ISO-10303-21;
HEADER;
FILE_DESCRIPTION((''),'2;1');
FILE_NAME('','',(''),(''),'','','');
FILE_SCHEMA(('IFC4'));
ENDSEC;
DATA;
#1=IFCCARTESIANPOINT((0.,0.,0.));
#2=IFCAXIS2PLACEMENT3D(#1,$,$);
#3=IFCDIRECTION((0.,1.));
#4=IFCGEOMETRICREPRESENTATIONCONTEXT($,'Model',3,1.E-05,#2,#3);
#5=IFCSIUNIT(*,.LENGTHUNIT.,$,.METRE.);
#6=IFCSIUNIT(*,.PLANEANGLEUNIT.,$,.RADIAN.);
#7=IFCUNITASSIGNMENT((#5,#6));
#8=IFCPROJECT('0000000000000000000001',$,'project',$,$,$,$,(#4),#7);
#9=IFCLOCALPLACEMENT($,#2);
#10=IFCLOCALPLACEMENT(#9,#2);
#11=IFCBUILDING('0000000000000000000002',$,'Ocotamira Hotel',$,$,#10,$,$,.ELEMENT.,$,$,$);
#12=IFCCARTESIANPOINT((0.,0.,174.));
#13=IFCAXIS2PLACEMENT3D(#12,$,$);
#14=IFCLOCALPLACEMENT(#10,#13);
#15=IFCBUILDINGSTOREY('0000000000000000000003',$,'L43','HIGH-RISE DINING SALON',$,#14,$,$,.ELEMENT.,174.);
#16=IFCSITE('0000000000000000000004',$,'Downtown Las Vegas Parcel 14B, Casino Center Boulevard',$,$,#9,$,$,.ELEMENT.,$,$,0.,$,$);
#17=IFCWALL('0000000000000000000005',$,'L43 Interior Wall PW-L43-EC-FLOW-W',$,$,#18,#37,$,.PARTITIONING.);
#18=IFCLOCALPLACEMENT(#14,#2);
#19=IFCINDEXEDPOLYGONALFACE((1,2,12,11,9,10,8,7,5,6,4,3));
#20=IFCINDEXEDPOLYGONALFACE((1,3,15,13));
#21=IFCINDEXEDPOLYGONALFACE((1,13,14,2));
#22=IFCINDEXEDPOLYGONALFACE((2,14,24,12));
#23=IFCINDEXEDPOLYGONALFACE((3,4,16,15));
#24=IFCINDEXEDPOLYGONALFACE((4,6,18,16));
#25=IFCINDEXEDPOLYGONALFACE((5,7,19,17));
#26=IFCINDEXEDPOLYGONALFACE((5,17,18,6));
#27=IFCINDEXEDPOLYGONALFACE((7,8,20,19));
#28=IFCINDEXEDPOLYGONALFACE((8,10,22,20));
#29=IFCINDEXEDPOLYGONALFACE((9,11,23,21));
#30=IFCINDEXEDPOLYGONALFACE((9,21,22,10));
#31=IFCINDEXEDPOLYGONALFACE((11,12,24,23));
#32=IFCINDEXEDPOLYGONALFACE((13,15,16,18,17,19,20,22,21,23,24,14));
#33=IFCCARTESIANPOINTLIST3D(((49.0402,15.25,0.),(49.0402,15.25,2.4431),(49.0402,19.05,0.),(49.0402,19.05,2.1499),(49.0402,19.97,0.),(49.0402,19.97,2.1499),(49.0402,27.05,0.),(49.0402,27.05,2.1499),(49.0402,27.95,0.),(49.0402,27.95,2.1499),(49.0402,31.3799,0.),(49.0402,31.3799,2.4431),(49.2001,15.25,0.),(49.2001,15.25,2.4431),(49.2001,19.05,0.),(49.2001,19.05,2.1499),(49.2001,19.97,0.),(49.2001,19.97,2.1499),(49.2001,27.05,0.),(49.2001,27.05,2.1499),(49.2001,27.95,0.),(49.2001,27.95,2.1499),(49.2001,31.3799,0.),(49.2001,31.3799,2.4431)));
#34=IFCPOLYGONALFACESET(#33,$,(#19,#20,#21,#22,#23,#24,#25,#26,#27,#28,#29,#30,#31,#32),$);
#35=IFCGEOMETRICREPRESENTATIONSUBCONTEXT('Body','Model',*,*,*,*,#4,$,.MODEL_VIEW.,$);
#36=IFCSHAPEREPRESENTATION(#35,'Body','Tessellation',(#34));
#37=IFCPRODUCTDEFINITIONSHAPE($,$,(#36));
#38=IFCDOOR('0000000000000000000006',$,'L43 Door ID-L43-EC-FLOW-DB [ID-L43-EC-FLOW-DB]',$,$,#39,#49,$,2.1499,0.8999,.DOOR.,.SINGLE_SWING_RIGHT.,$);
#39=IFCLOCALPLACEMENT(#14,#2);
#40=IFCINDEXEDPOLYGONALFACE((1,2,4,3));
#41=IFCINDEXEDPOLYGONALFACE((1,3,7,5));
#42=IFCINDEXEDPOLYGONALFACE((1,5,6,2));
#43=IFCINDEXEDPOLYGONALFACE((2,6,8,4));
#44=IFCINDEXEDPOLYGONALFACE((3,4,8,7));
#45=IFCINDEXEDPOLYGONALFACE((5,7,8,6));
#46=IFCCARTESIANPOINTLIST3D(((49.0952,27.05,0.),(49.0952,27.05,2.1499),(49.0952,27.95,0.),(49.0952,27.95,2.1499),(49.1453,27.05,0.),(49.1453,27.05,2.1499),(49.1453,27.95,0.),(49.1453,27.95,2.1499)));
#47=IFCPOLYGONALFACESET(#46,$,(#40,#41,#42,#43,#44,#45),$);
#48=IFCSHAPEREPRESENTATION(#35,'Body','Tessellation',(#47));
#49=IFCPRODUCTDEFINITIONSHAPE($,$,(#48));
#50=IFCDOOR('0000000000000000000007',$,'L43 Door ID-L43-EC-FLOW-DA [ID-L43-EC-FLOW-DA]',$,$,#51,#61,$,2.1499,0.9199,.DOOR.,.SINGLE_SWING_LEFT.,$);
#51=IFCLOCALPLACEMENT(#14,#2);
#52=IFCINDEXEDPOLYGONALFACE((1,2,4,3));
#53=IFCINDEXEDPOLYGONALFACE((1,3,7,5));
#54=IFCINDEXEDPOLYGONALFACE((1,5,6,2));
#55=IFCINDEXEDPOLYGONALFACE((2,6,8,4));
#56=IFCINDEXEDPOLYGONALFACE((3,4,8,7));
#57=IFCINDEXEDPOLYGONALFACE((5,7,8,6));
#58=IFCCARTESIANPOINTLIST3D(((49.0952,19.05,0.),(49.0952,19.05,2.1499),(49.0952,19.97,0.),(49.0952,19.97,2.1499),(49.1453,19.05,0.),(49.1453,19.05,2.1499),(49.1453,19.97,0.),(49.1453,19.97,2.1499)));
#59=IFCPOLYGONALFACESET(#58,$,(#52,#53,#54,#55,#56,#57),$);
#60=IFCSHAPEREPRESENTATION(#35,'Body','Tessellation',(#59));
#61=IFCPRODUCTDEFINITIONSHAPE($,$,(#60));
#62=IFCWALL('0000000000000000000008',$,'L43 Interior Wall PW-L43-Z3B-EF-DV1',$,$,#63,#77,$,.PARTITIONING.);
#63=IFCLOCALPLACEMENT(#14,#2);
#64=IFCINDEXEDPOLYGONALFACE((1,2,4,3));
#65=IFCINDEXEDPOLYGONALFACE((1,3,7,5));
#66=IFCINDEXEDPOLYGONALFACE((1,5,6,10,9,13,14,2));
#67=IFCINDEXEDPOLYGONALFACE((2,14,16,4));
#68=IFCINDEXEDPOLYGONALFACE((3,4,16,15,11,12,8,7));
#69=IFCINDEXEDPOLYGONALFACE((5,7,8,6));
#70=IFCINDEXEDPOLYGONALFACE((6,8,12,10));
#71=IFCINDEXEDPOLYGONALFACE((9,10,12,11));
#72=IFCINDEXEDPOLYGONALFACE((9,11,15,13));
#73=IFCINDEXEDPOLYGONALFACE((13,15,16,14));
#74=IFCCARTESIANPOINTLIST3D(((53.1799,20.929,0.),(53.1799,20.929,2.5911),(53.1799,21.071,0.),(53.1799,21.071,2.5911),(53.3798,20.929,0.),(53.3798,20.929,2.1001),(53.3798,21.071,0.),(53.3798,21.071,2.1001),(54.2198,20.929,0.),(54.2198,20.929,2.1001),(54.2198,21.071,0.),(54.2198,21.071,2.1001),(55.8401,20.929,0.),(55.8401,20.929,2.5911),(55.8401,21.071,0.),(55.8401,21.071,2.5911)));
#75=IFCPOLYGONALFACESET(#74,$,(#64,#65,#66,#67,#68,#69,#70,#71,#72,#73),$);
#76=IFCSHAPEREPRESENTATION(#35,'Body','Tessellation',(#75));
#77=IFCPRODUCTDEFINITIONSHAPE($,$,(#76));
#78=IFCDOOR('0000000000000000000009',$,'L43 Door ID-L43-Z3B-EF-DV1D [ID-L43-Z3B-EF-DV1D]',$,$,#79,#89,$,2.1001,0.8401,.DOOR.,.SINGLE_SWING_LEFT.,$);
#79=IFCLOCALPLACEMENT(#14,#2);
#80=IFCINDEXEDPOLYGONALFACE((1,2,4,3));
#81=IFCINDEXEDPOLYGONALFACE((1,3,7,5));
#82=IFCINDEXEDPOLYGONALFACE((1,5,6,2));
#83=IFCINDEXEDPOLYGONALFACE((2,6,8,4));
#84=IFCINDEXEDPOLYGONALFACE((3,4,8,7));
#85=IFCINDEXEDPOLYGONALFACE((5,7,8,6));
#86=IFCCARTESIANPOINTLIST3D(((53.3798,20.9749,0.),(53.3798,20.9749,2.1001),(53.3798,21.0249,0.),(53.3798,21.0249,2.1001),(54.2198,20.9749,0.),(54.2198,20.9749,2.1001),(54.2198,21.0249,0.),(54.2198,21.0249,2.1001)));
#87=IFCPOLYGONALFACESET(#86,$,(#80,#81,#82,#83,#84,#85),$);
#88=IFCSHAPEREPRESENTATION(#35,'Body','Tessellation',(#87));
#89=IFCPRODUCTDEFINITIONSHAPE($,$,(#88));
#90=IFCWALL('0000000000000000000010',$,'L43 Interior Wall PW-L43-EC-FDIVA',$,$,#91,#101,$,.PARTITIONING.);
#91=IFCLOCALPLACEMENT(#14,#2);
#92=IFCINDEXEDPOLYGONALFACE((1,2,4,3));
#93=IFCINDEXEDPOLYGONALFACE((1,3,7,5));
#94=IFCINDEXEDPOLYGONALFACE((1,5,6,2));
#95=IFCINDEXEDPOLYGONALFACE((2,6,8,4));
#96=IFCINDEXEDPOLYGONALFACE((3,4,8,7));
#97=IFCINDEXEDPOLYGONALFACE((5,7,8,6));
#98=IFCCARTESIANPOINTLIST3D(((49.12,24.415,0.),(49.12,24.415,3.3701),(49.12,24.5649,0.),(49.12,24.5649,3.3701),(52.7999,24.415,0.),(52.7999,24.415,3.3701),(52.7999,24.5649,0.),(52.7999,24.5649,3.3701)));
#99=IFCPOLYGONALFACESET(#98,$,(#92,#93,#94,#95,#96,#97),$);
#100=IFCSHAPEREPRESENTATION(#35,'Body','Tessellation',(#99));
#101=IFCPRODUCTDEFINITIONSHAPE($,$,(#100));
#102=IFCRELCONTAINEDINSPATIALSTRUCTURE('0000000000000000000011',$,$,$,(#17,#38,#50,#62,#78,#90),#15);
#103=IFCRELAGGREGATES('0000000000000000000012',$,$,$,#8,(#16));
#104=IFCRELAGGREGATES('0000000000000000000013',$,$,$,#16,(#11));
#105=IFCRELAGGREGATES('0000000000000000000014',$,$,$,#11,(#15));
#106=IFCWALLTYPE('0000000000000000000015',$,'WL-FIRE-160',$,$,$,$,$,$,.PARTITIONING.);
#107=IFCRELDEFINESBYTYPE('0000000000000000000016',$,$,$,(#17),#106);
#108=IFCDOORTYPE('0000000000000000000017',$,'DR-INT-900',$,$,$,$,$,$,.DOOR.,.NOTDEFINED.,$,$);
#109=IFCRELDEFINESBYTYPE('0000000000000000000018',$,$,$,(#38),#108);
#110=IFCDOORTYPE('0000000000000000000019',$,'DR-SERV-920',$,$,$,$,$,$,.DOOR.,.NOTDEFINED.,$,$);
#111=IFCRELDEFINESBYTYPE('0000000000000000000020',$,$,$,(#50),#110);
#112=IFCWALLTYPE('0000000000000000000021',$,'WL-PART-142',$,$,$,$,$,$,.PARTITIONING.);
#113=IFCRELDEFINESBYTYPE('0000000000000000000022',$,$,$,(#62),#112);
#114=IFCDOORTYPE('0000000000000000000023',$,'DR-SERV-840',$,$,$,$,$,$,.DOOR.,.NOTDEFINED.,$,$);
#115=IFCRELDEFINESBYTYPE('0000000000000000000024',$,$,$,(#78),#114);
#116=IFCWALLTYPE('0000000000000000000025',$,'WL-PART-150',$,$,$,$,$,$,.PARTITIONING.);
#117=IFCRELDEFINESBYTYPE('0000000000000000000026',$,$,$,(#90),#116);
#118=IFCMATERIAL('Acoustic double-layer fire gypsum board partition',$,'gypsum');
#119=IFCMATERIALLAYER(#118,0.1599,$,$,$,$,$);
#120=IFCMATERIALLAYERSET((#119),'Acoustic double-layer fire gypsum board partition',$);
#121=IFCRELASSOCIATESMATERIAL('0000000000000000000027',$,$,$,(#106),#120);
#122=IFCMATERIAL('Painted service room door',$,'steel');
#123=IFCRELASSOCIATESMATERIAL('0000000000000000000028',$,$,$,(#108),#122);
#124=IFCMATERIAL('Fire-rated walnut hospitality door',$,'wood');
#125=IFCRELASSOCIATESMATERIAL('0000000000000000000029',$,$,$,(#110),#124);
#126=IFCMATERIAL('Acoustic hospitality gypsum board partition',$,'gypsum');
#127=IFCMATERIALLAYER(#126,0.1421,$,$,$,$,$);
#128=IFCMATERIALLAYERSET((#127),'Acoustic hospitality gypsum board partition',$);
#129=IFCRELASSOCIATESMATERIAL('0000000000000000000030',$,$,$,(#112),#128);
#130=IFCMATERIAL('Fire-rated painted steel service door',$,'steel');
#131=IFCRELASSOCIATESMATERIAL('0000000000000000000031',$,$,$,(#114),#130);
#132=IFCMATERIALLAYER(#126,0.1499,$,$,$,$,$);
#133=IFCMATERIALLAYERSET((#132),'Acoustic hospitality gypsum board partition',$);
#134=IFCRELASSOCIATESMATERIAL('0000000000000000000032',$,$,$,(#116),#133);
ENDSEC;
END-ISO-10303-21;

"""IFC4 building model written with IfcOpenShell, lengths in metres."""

from ifc_helpers import new_model, si_unit, direction, frame, frame_2d, origin, place, context, subcontext, project, spatial, rectangle, extrude, source, transform, mapped, material, layer, layer_set, type_object, element, fill, save


model = new_model("IFC4")

# Units and contexts
model_context = context("Model", 3, precision=1e-05, world=origin(), true_north=direction((0.0, 1.0)))
body_context = subcontext(model_context, "Body", "Model", "MODEL_VIEW")
ifc_project = project(units=[si_unit("LENGTHUNIT", "METRE"), si_unit("PLANEANGLEUNIT", "RADIAN")], contexts=[model_context])

# Site, building, storey
site_placement = place(None, origin())
site = spatial("IfcSite", under=ifc_project, at=site_placement, Name="Downtown Las Vegas Parcel 14B, Casino Center Boulevard", CompositionType="ELEMENT", RefElevation=0.0)
building_placement = place(site_placement, origin())
building = spatial("IfcBuilding", under=site, at=building_placement, Name="Ocotamira Hotel", CompositionType="ELEMENT")
storey_placement = place(building_placement, frame((0.0, 0.0, 174.0)))
storey = spatial("IfcBuildingStorey", under=building, at=storey_placement, Name="L43", Description="HIGH-RISE DINING SALON", CompositionType="ELEMENT", Elevation=174.0)

# Wall, openings, doors
ifc_material_1 = material(Name="Acoustic double-layer fire gypsum board partition", Category="gypsum")
ifc_layer_1 = layer(ifc_material_1, 0.1599)
ifc_layer_set_1 = layer_set([ifc_layer_1], Name="Acoustic double-layer fire gypsum board partition")
wall_type_1 = type_object("IfcWallType", Name="WL-FIRE-160", PredefinedType="PARTITIONING", material=ifc_layer_set_1)
wall_1_placement = place(storey_placement, frame((49.1201, 15.25, 0.0), z_axis=(0.0, 0.0, 1.0), x_axis=(0.0, 1.0, 0.0)))
wall_1 = element("IfcWall", 1, at=wall_1_placement, inside=storey, type_object=wall_type_1, Name="L43 Interior Wall PW-L43-EC-FLOW-W", PredefinedType="PARTITIONING", context=body_context, shape_type="SweptSolid", body=[
    extrude(rectangle(XDim=16.1299, YDim=0.1599, at=frame_2d((8.0649, 0.0))), origin(), (0.0, 0.0, 1.0), 2.4431),
])
opening_1_placement = place(wall_1_placement, frame((3.8, 0.0, 0.0)))
opening_1 = element("IfcOpeningElement", 2, at=opening_1_placement, cuts=wall_1, PredefinedType="OPENING", context=body_context, shape_type="SweptSolid", body=[
    extrude(rectangle(XDim=0.9199, YDim=2.1499, at=frame_2d((0.46, 1.075))), frame((0.0, 0.0898, 0.0), z_axis=(0.0, -1.0, 0.0), x_axis=(1.0, 0.0, 0.0)), (0.0, 0.0, 1.0), 0.1799),
])
opening_2_placement = place(wall_1_placement, frame((11.8, 0.0, 0.0)))
opening_2 = element("IfcOpeningElement", 3, at=opening_2_placement, cuts=wall_1, PredefinedType="OPENING", context=body_context, shape_type="SweptSolid", body=[
    extrude(rectangle(XDim=0.8999, YDim=2.1499, at=frame_2d((0.45, 1.075))), frame((0.0, 0.0898, 0.0), z_axis=(0.0, -1.0, 0.0), x_axis=(1.0, 0.0, 0.0)), (0.0, 0.0, 1.0), 0.1799),
])
ifc_material_2 = material(Name="Painted service room door", Category="steel")
door_type_1 = type_object("IfcDoorType", Name="DR-INT-900", OperationType="NOTDEFINED", PredefinedType="DOOR", material=ifc_material_2)
shared_shape_1 = source(origin(), body_context, "Body", "SweptSolid", [
    extrude(rectangle(XDim=0.8999, YDim=2.1499, at=frame_2d((0.45, 1.075))), frame((0.0, 0.0249, 0.0), z_axis=(0.0, -1.0, 0.0), x_axis=(1.0, 0.0, 0.0)), (0.0, 0.0, 1.0), 0.05),
])
door_1_placement = place(opening_2_placement, origin())
door_1 = element("IfcDoor", 4, at=door_1_placement, inside=storey, type_object=door_type_1, Name="L43 Door ID-L43-EC-FLOW-DB [ID-L43-EC-FLOW-DB]", OperationType="SINGLE_SWING_RIGHT", OverallHeight=2.1499, OverallWidth=0.8999, PredefinedType="DOOR", context=body_context, shape_type="MappedRepresentation", body=[
    mapped(shared_shape_1, transform((0.0, 0.0, 0.0), scale=1.0)),
])
fill(opening_2, door_1)
ifc_material_3 = material(Name="Fire-rated walnut hospitality door", Category="wood")
door_type_2 = type_object("IfcDoorType", Name="DR-SERV-920", OperationType="NOTDEFINED", PredefinedType="DOOR", material=ifc_material_3)
shared_shape_2 = source(origin(), body_context, "Body", "SweptSolid", [
    extrude(rectangle(XDim=0.9199, YDim=2.1499, at=frame_2d((0.46, 1.075))), frame((0.0, 0.0249, 0.0), z_axis=(0.0, -1.0, 0.0), x_axis=(1.0, 0.0, 0.0)), (0.0, 0.0, 1.0), 0.05),
])
door_2_placement = place(opening_1_placement, origin())
door_2 = element("IfcDoor", 5, at=door_2_placement, inside=storey, type_object=door_type_2, Name="L43 Door ID-L43-EC-FLOW-DA [ID-L43-EC-FLOW-DA]", OperationType="SINGLE_SWING_LEFT", OverallHeight=2.1499, OverallWidth=0.9199, PredefinedType="DOOR", context=body_context, shape_type="MappedRepresentation", body=[
    mapped(shared_shape_2, transform((0.0, 0.0, 0.0), scale=1.0)),
])
fill(opening_1, door_2)

# Wall, opening, door
ifc_material_4 = material(Name="Acoustic hospitality gypsum board partition", Category="gypsum")
ifc_layer_2 = layer(ifc_material_4, 0.1421)
ifc_layer_set_2 = layer_set([ifc_layer_2], Name="Acoustic hospitality gypsum board partition")
wall_type_2 = type_object("IfcWallType", Name="WL-PART-142", PredefinedType="PARTITIONING", material=ifc_layer_set_2)
wall_2_placement = place(storey_placement, frame((53.1799, 21.0, 0.0), z_axis=(0.0, 0.0, 1.0), x_axis=(1.0, 0.0, 0.0)))
wall_2 = element("IfcWall", 6, at=wall_2_placement, inside=storey, type_object=wall_type_2, Name="L43 Interior Wall PW-L43-Z3B-EF-DV1", PredefinedType="PARTITIONING", context=body_context, shape_type="SweptSolid", body=[
    extrude(rectangle(XDim=2.6602, YDim=0.1421, at=frame_2d((1.3301, 0.0))), origin(), (0.0, 0.0, 1.0), 2.5911),
])
opening_3_placement = place(wall_2_placement, frame((0.2, 0.0, 0.0)))
opening_3 = element("IfcOpeningElement", 7, at=opening_3_placement, cuts=wall_2, PredefinedType="OPENING", context=body_context, shape_type="SweptSolid", body=[
    extrude(rectangle(XDim=0.8401, YDim=2.1001, at=frame_2d((0.4199, 1.05))), frame((0.0, 0.0811, 0.0), z_axis=(0.0, -1.0, 0.0), x_axis=(1.0, 0.0, 0.0)), (0.0, 0.0, 1.0), 0.1621),
])
ifc_material_5 = material(Name="Fire-rated painted steel service door", Category="steel")
door_type_3 = type_object("IfcDoorType", Name="DR-SERV-840", OperationType="NOTDEFINED", PredefinedType="DOOR", material=ifc_material_5)
shared_shape_3 = source(origin(), body_context, "Body", "SweptSolid", [
    extrude(rectangle(XDim=0.8401, YDim=2.1001, at=frame_2d((0.4199, 1.05))), frame((0.0, 0.0249, 0.0), z_axis=(0.0, -1.0, 0.0), x_axis=(1.0, 0.0, 0.0)), (0.0, 0.0, 1.0), 0.05),
])
door_3_placement = place(opening_3_placement, origin())
door_3 = element("IfcDoor", 8, at=door_3_placement, inside=storey, type_object=door_type_3, Name="L43 Door ID-L43-Z3B-EF-DV1D [ID-L43-Z3B-EF-DV1D]", OperationType="SINGLE_SWING_LEFT", OverallHeight=2.1001, OverallWidth=0.8401, PredefinedType="DOOR", context=body_context, shape_type="MappedRepresentation", body=[
    mapped(shared_shape_3, transform((0.0, 0.0, 0.0), scale=1.0)),
])
fill(opening_3, door_3)

# Wall
ifc_layer_3 = layer(ifc_material_4, 0.1499)
ifc_layer_set_3 = layer_set([ifc_layer_3], Name="Acoustic hospitality gypsum board partition")
wall_type_3 = type_object("IfcWallType", Name="WL-PART-150", PredefinedType="PARTITIONING", material=ifc_layer_set_3)
wall_3_placement = place(storey_placement, frame((49.1201, 24.49, 0.0), z_axis=(0.0, 0.0, 1.0), x_axis=(1.0, 0.0, 0.0)))
element("IfcWall", 9, at=wall_3_placement, inside=storey, type_object=wall_type_3, Name="L43 Interior Wall PW-L43-EC-FDIVA", PredefinedType="PARTITIONING", context=body_context, shape_type="SweptSolid", body=[
    extrude(rectangle(XDim=3.6799, YDim=0.1499, at=frame_2d((1.8398, 0.0))), origin(), (0.0, 0.0, 1.0), 3.3701),
])

save(model, "model.ifc")
